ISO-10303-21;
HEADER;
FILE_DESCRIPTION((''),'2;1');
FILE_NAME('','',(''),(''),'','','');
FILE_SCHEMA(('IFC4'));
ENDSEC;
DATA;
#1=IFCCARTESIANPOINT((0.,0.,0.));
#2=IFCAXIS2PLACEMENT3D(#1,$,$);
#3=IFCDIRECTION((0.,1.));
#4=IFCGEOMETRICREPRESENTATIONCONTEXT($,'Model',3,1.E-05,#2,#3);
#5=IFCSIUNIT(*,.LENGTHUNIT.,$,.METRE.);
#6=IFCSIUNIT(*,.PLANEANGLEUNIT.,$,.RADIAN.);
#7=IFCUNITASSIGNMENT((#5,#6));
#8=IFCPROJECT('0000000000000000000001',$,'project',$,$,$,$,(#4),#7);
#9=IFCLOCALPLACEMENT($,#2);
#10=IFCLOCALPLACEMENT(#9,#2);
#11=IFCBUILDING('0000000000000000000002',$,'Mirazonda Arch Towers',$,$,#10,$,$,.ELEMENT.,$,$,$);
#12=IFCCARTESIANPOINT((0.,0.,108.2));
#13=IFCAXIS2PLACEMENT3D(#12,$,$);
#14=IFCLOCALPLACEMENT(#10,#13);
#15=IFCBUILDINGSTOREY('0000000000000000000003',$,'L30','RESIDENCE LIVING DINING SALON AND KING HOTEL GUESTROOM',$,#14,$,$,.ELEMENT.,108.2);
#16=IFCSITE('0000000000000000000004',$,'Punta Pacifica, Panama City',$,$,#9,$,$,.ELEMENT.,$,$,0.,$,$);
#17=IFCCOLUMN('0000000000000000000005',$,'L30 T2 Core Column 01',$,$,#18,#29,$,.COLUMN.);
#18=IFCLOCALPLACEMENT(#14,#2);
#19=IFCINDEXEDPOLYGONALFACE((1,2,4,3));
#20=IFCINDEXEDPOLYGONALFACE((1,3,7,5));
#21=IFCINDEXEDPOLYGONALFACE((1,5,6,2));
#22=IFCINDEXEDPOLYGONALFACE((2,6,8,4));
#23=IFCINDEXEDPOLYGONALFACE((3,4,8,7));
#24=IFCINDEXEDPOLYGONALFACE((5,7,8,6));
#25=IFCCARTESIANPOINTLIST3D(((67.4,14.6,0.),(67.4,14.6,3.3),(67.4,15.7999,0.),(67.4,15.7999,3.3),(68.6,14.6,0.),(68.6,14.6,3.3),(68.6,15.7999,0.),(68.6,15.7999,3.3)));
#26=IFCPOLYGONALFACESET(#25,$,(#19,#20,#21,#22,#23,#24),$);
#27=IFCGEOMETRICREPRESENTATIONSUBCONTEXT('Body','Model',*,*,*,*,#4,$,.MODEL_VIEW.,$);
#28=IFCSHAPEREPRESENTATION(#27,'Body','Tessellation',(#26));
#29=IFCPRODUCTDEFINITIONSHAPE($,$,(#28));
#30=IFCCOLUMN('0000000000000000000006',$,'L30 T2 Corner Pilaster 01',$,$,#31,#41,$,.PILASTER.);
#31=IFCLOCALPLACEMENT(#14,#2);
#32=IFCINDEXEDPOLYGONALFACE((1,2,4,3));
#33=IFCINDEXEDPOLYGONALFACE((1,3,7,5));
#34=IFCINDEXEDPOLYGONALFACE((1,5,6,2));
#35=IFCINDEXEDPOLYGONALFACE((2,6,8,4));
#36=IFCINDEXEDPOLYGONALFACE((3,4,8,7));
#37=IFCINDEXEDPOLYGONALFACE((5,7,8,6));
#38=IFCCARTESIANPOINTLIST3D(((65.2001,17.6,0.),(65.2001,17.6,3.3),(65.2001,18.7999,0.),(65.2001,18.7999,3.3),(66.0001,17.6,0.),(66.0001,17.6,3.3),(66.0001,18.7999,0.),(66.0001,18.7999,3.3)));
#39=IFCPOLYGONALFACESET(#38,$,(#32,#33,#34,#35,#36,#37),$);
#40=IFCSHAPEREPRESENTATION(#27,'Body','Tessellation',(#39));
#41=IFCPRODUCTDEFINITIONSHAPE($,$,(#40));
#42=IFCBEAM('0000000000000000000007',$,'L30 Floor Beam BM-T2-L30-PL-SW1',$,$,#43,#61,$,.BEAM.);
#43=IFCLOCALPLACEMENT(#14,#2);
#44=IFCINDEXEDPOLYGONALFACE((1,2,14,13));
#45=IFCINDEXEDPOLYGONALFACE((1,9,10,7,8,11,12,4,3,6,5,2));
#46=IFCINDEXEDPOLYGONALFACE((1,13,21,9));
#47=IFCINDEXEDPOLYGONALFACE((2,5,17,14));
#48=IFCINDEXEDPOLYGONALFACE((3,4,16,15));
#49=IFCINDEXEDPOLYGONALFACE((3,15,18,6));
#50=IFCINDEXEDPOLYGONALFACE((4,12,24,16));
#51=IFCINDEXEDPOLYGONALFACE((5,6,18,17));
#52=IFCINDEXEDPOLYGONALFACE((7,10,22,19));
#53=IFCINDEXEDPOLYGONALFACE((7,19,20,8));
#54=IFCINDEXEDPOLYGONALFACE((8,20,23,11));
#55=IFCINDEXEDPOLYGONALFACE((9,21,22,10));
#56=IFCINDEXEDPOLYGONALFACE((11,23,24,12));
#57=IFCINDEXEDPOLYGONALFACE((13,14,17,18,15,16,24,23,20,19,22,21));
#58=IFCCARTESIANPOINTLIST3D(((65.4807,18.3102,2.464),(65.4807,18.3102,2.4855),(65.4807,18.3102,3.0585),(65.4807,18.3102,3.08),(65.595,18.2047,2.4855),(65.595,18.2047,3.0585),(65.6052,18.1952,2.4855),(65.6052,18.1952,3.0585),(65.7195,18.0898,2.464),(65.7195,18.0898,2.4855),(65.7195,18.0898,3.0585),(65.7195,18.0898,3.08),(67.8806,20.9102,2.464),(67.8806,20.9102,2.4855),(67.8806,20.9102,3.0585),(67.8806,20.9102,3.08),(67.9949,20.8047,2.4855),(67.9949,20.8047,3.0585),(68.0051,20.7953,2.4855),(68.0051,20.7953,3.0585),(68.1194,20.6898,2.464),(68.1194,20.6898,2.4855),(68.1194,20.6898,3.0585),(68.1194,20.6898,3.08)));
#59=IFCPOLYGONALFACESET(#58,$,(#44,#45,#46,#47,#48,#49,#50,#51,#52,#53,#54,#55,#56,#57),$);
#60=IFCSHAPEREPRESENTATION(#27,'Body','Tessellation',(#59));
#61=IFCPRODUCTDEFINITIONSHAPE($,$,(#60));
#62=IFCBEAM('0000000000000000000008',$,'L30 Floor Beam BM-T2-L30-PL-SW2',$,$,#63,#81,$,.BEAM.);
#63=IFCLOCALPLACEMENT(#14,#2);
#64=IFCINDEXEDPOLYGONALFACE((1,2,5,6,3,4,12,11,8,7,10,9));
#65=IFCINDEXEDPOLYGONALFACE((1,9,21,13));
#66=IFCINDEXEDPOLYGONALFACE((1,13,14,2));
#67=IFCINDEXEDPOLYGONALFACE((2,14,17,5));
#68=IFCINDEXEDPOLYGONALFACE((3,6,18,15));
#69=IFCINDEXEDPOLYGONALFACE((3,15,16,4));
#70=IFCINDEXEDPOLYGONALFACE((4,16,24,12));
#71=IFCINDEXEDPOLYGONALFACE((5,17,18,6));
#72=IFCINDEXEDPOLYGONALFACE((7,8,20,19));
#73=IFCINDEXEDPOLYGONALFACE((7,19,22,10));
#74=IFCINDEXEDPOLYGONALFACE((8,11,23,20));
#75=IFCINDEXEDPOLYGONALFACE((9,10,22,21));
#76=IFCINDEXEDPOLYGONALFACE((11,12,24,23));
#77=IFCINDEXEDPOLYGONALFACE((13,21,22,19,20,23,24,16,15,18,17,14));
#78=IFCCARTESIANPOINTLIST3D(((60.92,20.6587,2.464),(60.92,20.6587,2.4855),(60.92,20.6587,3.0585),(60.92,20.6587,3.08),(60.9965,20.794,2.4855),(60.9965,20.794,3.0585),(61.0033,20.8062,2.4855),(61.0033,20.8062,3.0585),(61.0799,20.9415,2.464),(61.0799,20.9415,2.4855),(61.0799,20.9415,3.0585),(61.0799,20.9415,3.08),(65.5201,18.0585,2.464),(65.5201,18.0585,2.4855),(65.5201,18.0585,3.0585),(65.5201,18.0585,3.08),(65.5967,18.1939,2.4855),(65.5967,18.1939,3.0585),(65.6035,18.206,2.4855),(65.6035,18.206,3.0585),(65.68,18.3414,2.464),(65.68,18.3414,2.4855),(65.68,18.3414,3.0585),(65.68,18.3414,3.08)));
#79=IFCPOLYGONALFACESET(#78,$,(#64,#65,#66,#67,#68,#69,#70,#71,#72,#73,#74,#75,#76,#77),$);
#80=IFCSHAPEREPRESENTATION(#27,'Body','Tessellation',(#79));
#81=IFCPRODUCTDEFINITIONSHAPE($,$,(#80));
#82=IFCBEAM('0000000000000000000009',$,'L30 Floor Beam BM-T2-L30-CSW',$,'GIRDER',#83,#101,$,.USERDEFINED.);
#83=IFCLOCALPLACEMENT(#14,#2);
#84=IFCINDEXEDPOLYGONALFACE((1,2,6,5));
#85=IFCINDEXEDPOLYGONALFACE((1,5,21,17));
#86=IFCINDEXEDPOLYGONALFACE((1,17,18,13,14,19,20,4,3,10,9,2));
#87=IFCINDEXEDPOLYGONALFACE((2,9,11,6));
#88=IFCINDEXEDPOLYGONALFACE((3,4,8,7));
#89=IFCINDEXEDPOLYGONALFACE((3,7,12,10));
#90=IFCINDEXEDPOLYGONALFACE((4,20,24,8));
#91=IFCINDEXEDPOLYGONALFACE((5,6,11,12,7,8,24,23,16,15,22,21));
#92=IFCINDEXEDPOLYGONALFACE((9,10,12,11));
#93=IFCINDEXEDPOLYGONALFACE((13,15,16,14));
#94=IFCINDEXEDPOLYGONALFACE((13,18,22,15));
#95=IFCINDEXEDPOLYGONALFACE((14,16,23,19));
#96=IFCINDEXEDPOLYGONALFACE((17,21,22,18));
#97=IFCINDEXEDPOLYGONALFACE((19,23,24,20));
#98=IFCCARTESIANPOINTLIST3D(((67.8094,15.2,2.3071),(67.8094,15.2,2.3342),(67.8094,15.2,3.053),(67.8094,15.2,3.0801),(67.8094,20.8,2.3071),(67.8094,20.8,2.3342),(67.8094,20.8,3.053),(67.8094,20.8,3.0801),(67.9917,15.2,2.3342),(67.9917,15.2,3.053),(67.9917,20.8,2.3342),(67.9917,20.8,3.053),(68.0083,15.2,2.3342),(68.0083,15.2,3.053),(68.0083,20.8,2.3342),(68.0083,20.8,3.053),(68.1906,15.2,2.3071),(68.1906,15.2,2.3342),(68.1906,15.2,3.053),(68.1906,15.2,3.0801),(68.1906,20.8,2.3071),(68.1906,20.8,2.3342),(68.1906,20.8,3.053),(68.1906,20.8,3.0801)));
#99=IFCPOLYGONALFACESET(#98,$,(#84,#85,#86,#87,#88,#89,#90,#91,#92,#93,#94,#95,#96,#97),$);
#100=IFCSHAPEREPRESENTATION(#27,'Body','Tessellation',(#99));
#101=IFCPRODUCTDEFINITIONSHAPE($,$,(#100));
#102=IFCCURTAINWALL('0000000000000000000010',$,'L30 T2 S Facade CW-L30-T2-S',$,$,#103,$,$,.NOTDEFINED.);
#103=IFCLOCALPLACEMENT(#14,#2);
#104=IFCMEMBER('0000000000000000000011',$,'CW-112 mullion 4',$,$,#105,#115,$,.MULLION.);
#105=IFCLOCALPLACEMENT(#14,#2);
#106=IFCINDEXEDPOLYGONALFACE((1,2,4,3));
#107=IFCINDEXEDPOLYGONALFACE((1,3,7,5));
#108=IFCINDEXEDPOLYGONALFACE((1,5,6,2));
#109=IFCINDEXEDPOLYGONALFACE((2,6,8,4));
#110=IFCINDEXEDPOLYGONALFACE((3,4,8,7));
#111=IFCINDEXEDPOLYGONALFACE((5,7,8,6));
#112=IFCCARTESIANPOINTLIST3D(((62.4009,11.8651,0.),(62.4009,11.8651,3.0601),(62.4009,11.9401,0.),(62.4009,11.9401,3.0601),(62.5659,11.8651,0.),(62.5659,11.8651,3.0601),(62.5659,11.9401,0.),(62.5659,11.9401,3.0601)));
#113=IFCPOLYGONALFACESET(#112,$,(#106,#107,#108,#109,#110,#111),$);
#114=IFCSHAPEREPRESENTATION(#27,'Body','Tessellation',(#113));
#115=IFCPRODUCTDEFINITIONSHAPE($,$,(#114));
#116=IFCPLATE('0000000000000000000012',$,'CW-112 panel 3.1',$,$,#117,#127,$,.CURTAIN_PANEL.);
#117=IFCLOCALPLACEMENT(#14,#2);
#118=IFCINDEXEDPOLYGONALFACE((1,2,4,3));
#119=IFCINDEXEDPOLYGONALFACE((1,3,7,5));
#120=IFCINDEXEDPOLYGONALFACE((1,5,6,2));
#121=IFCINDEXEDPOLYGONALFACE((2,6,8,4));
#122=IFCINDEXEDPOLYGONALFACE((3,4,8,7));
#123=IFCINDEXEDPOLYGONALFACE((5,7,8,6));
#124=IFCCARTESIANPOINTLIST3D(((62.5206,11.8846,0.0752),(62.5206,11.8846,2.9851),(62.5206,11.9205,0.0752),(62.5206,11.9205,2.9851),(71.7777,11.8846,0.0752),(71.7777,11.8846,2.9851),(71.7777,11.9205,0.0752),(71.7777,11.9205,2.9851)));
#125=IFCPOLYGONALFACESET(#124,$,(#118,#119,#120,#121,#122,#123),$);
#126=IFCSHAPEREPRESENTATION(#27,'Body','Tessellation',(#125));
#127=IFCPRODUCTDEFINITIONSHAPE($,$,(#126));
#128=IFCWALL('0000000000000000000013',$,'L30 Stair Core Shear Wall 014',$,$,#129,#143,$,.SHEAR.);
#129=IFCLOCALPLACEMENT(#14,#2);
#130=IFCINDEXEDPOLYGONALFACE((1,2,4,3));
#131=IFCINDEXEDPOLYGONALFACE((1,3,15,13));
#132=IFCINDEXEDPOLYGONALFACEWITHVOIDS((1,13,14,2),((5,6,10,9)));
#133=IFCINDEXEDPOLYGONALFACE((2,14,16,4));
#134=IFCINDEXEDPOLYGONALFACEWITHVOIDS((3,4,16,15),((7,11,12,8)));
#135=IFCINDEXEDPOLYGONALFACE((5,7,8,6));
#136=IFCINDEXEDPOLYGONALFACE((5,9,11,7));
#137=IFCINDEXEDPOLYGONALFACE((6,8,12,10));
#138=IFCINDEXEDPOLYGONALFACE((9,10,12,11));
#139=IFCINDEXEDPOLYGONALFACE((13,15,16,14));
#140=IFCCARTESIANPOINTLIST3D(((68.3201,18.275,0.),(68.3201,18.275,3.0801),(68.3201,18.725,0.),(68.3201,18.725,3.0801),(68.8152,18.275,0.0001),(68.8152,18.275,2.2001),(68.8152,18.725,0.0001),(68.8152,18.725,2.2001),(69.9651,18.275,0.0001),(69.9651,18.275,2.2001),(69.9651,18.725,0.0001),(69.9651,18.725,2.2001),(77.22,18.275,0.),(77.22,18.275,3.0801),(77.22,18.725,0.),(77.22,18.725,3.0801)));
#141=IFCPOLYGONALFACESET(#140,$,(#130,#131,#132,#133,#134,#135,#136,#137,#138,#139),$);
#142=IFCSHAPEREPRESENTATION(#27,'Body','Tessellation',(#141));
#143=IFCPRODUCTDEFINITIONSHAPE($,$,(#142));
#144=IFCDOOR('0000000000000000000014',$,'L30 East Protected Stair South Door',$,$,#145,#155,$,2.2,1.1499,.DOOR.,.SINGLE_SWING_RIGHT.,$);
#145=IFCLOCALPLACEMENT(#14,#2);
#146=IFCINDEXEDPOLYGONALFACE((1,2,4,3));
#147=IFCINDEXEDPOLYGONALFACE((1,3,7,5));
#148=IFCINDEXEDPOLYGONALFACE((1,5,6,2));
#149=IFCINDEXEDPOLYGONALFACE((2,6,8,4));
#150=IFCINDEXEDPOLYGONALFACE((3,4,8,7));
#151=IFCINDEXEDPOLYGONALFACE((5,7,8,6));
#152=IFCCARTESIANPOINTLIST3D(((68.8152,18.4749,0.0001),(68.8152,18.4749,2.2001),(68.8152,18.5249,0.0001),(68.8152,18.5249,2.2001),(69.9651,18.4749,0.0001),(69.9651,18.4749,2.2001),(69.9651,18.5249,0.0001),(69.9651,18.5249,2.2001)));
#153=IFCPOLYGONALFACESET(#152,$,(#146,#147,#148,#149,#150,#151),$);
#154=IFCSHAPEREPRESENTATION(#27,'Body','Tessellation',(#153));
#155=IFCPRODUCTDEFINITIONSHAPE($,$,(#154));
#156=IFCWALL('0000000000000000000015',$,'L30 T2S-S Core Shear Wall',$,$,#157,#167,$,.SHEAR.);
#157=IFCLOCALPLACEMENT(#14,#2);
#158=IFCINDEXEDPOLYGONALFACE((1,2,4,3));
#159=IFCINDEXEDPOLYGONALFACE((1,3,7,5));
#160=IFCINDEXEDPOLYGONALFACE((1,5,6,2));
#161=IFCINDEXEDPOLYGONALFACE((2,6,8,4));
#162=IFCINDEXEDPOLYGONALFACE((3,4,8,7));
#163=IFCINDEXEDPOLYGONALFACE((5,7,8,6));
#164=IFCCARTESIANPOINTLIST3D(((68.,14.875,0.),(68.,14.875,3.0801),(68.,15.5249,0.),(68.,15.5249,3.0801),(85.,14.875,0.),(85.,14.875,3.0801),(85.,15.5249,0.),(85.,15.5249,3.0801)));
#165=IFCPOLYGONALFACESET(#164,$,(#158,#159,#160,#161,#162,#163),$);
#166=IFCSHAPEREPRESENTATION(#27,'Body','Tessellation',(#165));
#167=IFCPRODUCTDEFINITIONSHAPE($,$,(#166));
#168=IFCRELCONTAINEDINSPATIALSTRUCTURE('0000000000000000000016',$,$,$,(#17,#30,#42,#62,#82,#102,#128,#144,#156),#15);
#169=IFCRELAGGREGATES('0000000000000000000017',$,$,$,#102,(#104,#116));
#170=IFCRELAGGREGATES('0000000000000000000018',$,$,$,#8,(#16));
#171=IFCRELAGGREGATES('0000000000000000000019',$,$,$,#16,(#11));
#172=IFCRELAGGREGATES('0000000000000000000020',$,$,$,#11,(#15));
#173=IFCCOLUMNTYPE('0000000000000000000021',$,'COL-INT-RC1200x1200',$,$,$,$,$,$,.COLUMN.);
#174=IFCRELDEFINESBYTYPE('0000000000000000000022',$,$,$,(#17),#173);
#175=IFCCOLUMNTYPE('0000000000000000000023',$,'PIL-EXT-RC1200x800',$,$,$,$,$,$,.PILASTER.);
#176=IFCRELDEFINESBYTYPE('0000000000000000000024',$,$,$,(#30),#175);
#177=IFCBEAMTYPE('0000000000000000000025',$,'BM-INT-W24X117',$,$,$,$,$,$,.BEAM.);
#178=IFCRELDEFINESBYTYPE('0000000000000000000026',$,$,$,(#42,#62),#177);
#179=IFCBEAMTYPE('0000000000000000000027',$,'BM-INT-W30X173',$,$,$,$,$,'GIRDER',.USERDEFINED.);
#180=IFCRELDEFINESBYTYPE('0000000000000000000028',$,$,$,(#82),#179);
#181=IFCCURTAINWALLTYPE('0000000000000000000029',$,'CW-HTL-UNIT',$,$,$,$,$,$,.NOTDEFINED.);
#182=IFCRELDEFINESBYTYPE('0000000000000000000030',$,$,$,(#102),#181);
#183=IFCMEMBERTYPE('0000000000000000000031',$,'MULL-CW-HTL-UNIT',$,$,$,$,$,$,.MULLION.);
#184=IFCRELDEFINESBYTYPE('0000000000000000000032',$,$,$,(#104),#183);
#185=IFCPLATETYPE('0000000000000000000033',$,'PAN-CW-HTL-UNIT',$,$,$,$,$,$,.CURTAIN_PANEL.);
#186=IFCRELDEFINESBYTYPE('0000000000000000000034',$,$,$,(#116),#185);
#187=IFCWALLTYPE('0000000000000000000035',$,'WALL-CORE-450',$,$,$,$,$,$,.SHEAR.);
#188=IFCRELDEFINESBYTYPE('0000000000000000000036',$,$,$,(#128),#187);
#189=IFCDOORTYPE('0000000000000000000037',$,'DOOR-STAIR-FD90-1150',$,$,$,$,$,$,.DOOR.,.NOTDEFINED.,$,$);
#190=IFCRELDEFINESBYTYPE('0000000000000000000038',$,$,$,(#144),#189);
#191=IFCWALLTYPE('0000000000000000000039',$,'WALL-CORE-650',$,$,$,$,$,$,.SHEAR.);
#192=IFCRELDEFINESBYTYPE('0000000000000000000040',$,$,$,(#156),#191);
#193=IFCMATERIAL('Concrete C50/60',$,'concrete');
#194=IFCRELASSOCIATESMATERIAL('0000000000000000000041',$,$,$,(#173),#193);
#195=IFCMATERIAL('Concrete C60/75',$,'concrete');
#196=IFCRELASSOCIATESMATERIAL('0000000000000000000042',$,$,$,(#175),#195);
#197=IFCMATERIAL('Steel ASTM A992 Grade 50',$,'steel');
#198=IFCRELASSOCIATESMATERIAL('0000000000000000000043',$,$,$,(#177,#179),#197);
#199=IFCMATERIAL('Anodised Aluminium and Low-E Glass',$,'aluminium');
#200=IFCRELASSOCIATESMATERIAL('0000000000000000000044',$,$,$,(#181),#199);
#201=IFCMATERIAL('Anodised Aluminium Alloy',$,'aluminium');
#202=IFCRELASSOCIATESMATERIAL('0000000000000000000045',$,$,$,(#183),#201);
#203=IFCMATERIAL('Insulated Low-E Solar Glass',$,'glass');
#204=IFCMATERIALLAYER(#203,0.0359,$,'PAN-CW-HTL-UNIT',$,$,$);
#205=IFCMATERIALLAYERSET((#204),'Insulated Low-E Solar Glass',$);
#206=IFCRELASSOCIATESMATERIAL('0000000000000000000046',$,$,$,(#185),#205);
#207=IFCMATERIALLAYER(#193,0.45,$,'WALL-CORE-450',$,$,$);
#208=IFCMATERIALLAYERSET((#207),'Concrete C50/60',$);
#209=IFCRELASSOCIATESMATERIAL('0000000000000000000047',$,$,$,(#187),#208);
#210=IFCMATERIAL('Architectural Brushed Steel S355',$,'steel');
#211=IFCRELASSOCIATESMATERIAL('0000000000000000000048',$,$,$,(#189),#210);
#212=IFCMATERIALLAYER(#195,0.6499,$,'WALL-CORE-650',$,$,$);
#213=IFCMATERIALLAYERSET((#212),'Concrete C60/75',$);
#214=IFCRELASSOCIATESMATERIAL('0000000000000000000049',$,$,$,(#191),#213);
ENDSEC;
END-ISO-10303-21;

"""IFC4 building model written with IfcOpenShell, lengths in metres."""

from ifc_helpers import new_model, si_unit, direction, frame, frame_2d, origin, origin_2d, place, context, subcontext, project, spatial, rectangle, i_section, extrude, material, layer, layer_set, material_profile, profile_set, type_object, element, fill, aggregate, save


model = new_model("IFC4")

# Units and contexts
model_context = context("Model", 3, precision=1e-05, world=origin(), true_north=direction((0.0, 1.0)))
body_context = subcontext(model_context, "Body", "Model", "MODEL_VIEW")
ifc_project = project(units=[si_unit("LENGTHUNIT", "METRE"), si_unit("PLANEANGLEUNIT", "RADIAN")], contexts=[model_context])

# Site, building, storey
site_placement = place(None, origin())
site = spatial("IfcSite", under=ifc_project, at=site_placement, Name="Punta Pacifica, Panama City", CompositionType="ELEMENT", RefElevation=0.0)
building_placement = place(site_placement, origin())
building = spatial("IfcBuilding", under=site, at=building_placement, Name="Mirazonda Arch Towers", CompositionType="ELEMENT")
storey_placement = place(building_placement, frame((0.0, 0.0, 108.2)))
storey = spatial("IfcBuildingStorey", under=building, at=storey_placement, Name="L30", Description="RESIDENCE LIVING DINING SALON AND KING HOTEL GUESTROOM", CompositionType="ELEMENT", Elevation=108.2)

# Columns
ifc_material_1 = material(Name="Concrete C50/60", Category="concrete")
ifc_material_profile_1 = material_profile(ifc_material_1, rectangle(XDim=1.2, YDim=1.2, at=origin_2d()), Name="RC1200x1200")
ifc_profile_set_1 = profile_set([ifc_material_profile_1], Name="Concrete C50/60")
column_type_1 = type_object("IfcColumnType", Name="COL-INT-RC1200x1200", PredefinedType="COLUMN", material=ifc_profile_set_1)
column_1_placement = place(storey_placement, frame((68.0, 15.2, 0.0), z_axis=(0.0, 0.0, 1.0), x_axis=(1.0, 0.0, 0.0)))
element("IfcColumn", 1, at=column_1_placement, inside=storey, type_object=column_type_1, Name="L30 T2 Core Column 01", PredefinedType="COLUMN", context=body_context, shape_type="SweptSolid", body=[
    extrude(rectangle(XDim=1.2, YDim=1.2, at=origin_2d()), origin(), (0.0, 0.0, 1.0), 3.3),
])
ifc_material_2 = material(Name="Concrete C60/75", Category="concrete")
ifc_material_profile_2 = material_profile(ifc_material_2, rectangle(XDim=0.8, YDim=1.2, at=origin_2d()), Name="RC1200x800")
ifc_profile_set_2 = profile_set([ifc_material_profile_2], Name="Concrete C60/75")
column_type_2 = type_object("IfcColumnType", Name="PIL-EXT-RC1200x800", PredefinedType="PILASTER", material=ifc_profile_set_2)
column_2_placement = place(storey_placement, frame((65.6001, 18.2, 0.0), z_axis=(0.0, 0.0, 1.0), x_axis=(1.0, 0.0, 0.0)))
element("IfcColumn", 2, at=column_2_placement, inside=storey, type_object=column_type_2, Name="L30 T2 Corner Pilaster 01", PredefinedType="PILASTER", context=body_context, shape_type="SweptSolid", body=[
    extrude(rectangle(XDim=0.8, YDim=1.2, at=origin_2d()), origin(), (0.0, 0.0, 1.0), 3.3),
])

# Beams
ifc_material_3 = material(Name="Steel ASTM A992 Grade 50", Category="steel")
ifc_material_profile_3 = material_profile(ifc_material_3, i_section(OverallWidth=0.325, OverallDepth=0.616, WebThickness=0.0139, FlangeThickness=0.0215, at=origin_2d()), Name="W24X117")
ifc_profile_set_3 = profile_set([ifc_material_profile_3], Name="Steel ASTM A992 Grade 50")
beam_type_1 = type_object("IfcBeamType", Name="BM-INT-W24X117", PredefinedType="BEAM", material=ifc_profile_set_3)
beam_1_placement = place(storey_placement, frame((65.6001, 18.2, 2.772), z_axis=(0.678251, 0.73483, 0.0), x_axis=(-0.73483, 0.678251, 0.0)))
element("IfcBeam", 3, at=beam_1_placement, inside=storey, type_object=beam_type_1, Name="L30 Floor Beam BM-T2-L30-PL-SW1", PredefinedType="BEAM", context=body_context, shape_type="SweptSolid", body=[
    extrude(i_section(OverallWidth=0.325, OverallDepth=0.616, WebThickness=0.0139, FlangeThickness=0.0215, at=origin_2d()), origin(), (0.0, 0.0, 1.0), 3.5383),
])
beam_2_placement = place(storey_placement, frame((65.6001, 18.2, 2.772), z_axis=(-0.870559, 0.492063, 0.0), x_axis=(-0.492063, -0.870559, 0.0)))
element("IfcBeam", 4, at=beam_2_placement, inside=storey, type_object=beam_type_1, Name="L30 Floor Beam BM-T2-L30-PL-SW2", PredefinedType="BEAM", context=body_context, shape_type="SweptSolid", body=[
    extrude(i_section(OverallWidth=0.325, OverallDepth=0.616, WebThickness=0.0139, FlangeThickness=0.0215, at=origin_2d()), origin(), (0.0, 0.0, 1.0), 5.2842),
])
ifc_material_profile_4 = material_profile(ifc_material_3, i_section(OverallWidth=0.3811, OverallDepth=0.7729, WebThickness=0.0166, FlangeThickness=0.0271, at=origin_2d()), Name="W30X173")
ifc_profile_set_4 = profile_set([ifc_material_profile_4], Name="Steel ASTM A992 Grade 50")
beam_type_2 = type_object("IfcBeamType", Name="BM-INT-W30X173", ElementType="GIRDER", PredefinedType="USERDEFINED", material=ifc_profile_set_4)
beam_3_placement = place(storey_placement, frame((68.0, 15.2, 2.6936), z_axis=(0.0, 1.0, 0.0), x_axis=(-1.0, 0.0, 0.0)))
element("IfcBeam", 5, at=beam_3_placement, inside=storey, type_object=beam_type_2, Name="L30 Floor Beam BM-T2-L30-CSW", ObjectType="GIRDER", PredefinedType="USERDEFINED", context=body_context, shape_type="SweptSolid", body=[
    extrude(i_section(OverallWidth=0.3811, OverallDepth=0.7729, WebThickness=0.0166, FlangeThickness=0.0271, at=origin_2d()), origin(), (0.0, 0.0, 1.0), 5.6001),
])

# Curtain wall, member, plate
ifc_material_4 = material(Name="Anodised Aluminium and Low-E Glass", Category="aluminium")
curtain_wall_type = type_object("IfcCurtainWallType", Name="CW-HTL-UNIT", PredefinedType="NOTDEFINED", material=ifc_material_4)
curtain_wall_placement = place(storey_placement, origin())
curtain_wall = element("IfcCurtainWall", 6, at=curtain_wall_placement, inside=storey, type_object=curtain_wall_type, Name="L30 T2 S Facade CW-L30-T2-S", PredefinedType="NOTDEFINED")
ifc_material_5 = material(Name="Anodised Aluminium Alloy", Category="aluminium")
ifc_material_profile_5 = material_profile(ifc_material_5, rectangle(XDim=0.075, YDim=0.165, at=origin_2d()), Name="ALU-MULL-75x165")
ifc_profile_set_5 = profile_set([ifc_material_profile_5], Name="Anodised Aluminium Alloy")
member_type = type_object("IfcMemberType", Name="MULL-CW-HTL-UNIT", PredefinedType="MULLION", material=ifc_profile_set_5)
member_placement = place(storey_placement, frame((62.4834, 11.9026, 0.0), z_axis=(0.0, 0.0, 1.0), x_axis=(0.0, -1.0, 0.0)))
member = element("IfcMember", 7, at=member_placement, type_object=member_type, Name="CW-112 mullion 4", PredefinedType="MULLION", context=body_context, shape_type="SweptSolid", body=[
    extrude(rectangle(XDim=0.075, YDim=0.165, at=origin_2d()), origin(), (0.0, 0.0, 1.0), 3.0601),
])
ifc_material_6 = material(Name="Insulated Low-E Solar Glass", Category="glass")
ifc_layer_1 = layer(ifc_material_6, 0.0359, Name="PAN-CW-HTL-UNIT")
ifc_layer_set_1 = layer_set([ifc_layer_1], Name="Insulated Low-E Solar Glass")
plate_type = type_object("IfcPlateType", Name="PAN-CW-HTL-UNIT", PredefinedType="CURTAIN_PANEL", material=ifc_layer_set_1)
plate_placement = place(storey_placement, frame((67.1492, 11.9026, 0.0752), z_axis=(0.0, 0.0, 1.0), x_axis=(-1.0, 0.0, 0.0)))
plate = element("IfcPlate", 8, at=plate_placement, type_object=plate_type, Name="CW-112 panel 3.1", PredefinedType="CURTAIN_PANEL", context=body_context, shape_type="SweptSolid", body=[
    extrude(rectangle(XDim=9.2571, YDim=0.0359, at=origin_2d()), origin(), (0.0, 0.0, 1.0), 2.9099),
])
aggregate(curtain_wall, [member, plate])

# Wall, opening, door
ifc_layer_2 = layer(ifc_material_1, 0.45, Name="WALL-CORE-450")
ifc_layer_set_2 = layer_set([ifc_layer_2], Name="Concrete C50/60")
wall_type_1 = type_object("IfcWallType", Name="WALL-CORE-450", PredefinedType="SHEAR", material=ifc_layer_set_2)
wall_1_placement = place(storey_placement, frame((68.3201, 18.5, 0.0), z_axis=(0.0, 0.0, 1.0), x_axis=(1.0, 0.0, 0.0)))
wall_1 = element("IfcWall", 9, at=wall_1_placement, inside=storey, type_object=wall_type_1, Name="L30 Stair Core Shear Wall 014", PredefinedType="SHEAR", context=body_context, shape_type="SweptSolid", body=[
    extrude(rectangle(XDim=8.8999, YDim=0.45, at=frame_2d((4.45, 0.0))), origin(), (0.0, 0.0, 1.0), 3.0801),
])
opening_placement = place(wall_1_placement, frame((0.4951, 0.0, 0.0)))
opening = element("IfcOpeningElement", 10, at=opening_placement, cuts=wall_1, PredefinedType="OPENING", context=body_context, shape_type="SweptSolid", body=[
    extrude(rectangle(XDim=1.1499, YDim=2.2, at=frame_2d((0.575, 1.1001))), frame((0.0, 0.2349, 0.0), z_axis=(0.0, -1.0, 0.0), x_axis=(1.0, 0.0, 0.0)), (0.0, 0.0, 1.0), 0.47),
])
ifc_material_7 = material(Name="Architectural Brushed Steel S355", Category="steel")
door_type = type_object("IfcDoorType", Name="DOOR-STAIR-FD90-1150", OperationType="NOTDEFINED", PredefinedType="DOOR", material=ifc_material_7)
door_placement = place(opening_placement, origin())
door = element("IfcDoor", 11, at=door_placement, inside=storey, type_object=door_type, Name="L30 East Protected Stair South Door", OperationType="SINGLE_SWING_RIGHT", OverallHeight=2.2, OverallWidth=1.1499, PredefinedType="DOOR", context=body_context, shape_type="SweptSolid", body=[
    extrude(rectangle(XDim=1.1499, YDim=2.2, at=frame_2d((0.575, 1.1001))), frame((0.0, 0.0249, 0.0), z_axis=(0.0, -1.0, 0.0), x_axis=(1.0, 0.0, 0.0)), (0.0, 0.0, 1.0), 0.05),
])
fill(opening, door)

# Wall
ifc_layer_3 = layer(ifc_material_2, 0.6499, Name="WALL-CORE-650")
ifc_layer_set_3 = layer_set([ifc_layer_3], Name="Concrete C60/75")
wall_type_2 = type_object("IfcWallType", Name="WALL-CORE-650", PredefinedType="SHEAR", material=ifc_layer_set_3)
wall_2_placement = place(storey_placement, frame((68.0, 15.2, 0.0), z_axis=(0.0, 0.0, 1.0), x_axis=(1.0, 0.0, 0.0)))
element("IfcWall", 12, at=wall_2_placement, inside=storey, type_object=wall_type_2, Name="L30 T2S-S Core Shear Wall", PredefinedType="SHEAR", context=body_context, shape_type="SweptSolid", body=[
    extrude(rectangle(XDim=17.0, YDim=0.6499, at=frame_2d((8.5, 0.0))), origin(), (0.0, 0.0, 1.0), 3.0801),
])

save(model, "model.ifc")
